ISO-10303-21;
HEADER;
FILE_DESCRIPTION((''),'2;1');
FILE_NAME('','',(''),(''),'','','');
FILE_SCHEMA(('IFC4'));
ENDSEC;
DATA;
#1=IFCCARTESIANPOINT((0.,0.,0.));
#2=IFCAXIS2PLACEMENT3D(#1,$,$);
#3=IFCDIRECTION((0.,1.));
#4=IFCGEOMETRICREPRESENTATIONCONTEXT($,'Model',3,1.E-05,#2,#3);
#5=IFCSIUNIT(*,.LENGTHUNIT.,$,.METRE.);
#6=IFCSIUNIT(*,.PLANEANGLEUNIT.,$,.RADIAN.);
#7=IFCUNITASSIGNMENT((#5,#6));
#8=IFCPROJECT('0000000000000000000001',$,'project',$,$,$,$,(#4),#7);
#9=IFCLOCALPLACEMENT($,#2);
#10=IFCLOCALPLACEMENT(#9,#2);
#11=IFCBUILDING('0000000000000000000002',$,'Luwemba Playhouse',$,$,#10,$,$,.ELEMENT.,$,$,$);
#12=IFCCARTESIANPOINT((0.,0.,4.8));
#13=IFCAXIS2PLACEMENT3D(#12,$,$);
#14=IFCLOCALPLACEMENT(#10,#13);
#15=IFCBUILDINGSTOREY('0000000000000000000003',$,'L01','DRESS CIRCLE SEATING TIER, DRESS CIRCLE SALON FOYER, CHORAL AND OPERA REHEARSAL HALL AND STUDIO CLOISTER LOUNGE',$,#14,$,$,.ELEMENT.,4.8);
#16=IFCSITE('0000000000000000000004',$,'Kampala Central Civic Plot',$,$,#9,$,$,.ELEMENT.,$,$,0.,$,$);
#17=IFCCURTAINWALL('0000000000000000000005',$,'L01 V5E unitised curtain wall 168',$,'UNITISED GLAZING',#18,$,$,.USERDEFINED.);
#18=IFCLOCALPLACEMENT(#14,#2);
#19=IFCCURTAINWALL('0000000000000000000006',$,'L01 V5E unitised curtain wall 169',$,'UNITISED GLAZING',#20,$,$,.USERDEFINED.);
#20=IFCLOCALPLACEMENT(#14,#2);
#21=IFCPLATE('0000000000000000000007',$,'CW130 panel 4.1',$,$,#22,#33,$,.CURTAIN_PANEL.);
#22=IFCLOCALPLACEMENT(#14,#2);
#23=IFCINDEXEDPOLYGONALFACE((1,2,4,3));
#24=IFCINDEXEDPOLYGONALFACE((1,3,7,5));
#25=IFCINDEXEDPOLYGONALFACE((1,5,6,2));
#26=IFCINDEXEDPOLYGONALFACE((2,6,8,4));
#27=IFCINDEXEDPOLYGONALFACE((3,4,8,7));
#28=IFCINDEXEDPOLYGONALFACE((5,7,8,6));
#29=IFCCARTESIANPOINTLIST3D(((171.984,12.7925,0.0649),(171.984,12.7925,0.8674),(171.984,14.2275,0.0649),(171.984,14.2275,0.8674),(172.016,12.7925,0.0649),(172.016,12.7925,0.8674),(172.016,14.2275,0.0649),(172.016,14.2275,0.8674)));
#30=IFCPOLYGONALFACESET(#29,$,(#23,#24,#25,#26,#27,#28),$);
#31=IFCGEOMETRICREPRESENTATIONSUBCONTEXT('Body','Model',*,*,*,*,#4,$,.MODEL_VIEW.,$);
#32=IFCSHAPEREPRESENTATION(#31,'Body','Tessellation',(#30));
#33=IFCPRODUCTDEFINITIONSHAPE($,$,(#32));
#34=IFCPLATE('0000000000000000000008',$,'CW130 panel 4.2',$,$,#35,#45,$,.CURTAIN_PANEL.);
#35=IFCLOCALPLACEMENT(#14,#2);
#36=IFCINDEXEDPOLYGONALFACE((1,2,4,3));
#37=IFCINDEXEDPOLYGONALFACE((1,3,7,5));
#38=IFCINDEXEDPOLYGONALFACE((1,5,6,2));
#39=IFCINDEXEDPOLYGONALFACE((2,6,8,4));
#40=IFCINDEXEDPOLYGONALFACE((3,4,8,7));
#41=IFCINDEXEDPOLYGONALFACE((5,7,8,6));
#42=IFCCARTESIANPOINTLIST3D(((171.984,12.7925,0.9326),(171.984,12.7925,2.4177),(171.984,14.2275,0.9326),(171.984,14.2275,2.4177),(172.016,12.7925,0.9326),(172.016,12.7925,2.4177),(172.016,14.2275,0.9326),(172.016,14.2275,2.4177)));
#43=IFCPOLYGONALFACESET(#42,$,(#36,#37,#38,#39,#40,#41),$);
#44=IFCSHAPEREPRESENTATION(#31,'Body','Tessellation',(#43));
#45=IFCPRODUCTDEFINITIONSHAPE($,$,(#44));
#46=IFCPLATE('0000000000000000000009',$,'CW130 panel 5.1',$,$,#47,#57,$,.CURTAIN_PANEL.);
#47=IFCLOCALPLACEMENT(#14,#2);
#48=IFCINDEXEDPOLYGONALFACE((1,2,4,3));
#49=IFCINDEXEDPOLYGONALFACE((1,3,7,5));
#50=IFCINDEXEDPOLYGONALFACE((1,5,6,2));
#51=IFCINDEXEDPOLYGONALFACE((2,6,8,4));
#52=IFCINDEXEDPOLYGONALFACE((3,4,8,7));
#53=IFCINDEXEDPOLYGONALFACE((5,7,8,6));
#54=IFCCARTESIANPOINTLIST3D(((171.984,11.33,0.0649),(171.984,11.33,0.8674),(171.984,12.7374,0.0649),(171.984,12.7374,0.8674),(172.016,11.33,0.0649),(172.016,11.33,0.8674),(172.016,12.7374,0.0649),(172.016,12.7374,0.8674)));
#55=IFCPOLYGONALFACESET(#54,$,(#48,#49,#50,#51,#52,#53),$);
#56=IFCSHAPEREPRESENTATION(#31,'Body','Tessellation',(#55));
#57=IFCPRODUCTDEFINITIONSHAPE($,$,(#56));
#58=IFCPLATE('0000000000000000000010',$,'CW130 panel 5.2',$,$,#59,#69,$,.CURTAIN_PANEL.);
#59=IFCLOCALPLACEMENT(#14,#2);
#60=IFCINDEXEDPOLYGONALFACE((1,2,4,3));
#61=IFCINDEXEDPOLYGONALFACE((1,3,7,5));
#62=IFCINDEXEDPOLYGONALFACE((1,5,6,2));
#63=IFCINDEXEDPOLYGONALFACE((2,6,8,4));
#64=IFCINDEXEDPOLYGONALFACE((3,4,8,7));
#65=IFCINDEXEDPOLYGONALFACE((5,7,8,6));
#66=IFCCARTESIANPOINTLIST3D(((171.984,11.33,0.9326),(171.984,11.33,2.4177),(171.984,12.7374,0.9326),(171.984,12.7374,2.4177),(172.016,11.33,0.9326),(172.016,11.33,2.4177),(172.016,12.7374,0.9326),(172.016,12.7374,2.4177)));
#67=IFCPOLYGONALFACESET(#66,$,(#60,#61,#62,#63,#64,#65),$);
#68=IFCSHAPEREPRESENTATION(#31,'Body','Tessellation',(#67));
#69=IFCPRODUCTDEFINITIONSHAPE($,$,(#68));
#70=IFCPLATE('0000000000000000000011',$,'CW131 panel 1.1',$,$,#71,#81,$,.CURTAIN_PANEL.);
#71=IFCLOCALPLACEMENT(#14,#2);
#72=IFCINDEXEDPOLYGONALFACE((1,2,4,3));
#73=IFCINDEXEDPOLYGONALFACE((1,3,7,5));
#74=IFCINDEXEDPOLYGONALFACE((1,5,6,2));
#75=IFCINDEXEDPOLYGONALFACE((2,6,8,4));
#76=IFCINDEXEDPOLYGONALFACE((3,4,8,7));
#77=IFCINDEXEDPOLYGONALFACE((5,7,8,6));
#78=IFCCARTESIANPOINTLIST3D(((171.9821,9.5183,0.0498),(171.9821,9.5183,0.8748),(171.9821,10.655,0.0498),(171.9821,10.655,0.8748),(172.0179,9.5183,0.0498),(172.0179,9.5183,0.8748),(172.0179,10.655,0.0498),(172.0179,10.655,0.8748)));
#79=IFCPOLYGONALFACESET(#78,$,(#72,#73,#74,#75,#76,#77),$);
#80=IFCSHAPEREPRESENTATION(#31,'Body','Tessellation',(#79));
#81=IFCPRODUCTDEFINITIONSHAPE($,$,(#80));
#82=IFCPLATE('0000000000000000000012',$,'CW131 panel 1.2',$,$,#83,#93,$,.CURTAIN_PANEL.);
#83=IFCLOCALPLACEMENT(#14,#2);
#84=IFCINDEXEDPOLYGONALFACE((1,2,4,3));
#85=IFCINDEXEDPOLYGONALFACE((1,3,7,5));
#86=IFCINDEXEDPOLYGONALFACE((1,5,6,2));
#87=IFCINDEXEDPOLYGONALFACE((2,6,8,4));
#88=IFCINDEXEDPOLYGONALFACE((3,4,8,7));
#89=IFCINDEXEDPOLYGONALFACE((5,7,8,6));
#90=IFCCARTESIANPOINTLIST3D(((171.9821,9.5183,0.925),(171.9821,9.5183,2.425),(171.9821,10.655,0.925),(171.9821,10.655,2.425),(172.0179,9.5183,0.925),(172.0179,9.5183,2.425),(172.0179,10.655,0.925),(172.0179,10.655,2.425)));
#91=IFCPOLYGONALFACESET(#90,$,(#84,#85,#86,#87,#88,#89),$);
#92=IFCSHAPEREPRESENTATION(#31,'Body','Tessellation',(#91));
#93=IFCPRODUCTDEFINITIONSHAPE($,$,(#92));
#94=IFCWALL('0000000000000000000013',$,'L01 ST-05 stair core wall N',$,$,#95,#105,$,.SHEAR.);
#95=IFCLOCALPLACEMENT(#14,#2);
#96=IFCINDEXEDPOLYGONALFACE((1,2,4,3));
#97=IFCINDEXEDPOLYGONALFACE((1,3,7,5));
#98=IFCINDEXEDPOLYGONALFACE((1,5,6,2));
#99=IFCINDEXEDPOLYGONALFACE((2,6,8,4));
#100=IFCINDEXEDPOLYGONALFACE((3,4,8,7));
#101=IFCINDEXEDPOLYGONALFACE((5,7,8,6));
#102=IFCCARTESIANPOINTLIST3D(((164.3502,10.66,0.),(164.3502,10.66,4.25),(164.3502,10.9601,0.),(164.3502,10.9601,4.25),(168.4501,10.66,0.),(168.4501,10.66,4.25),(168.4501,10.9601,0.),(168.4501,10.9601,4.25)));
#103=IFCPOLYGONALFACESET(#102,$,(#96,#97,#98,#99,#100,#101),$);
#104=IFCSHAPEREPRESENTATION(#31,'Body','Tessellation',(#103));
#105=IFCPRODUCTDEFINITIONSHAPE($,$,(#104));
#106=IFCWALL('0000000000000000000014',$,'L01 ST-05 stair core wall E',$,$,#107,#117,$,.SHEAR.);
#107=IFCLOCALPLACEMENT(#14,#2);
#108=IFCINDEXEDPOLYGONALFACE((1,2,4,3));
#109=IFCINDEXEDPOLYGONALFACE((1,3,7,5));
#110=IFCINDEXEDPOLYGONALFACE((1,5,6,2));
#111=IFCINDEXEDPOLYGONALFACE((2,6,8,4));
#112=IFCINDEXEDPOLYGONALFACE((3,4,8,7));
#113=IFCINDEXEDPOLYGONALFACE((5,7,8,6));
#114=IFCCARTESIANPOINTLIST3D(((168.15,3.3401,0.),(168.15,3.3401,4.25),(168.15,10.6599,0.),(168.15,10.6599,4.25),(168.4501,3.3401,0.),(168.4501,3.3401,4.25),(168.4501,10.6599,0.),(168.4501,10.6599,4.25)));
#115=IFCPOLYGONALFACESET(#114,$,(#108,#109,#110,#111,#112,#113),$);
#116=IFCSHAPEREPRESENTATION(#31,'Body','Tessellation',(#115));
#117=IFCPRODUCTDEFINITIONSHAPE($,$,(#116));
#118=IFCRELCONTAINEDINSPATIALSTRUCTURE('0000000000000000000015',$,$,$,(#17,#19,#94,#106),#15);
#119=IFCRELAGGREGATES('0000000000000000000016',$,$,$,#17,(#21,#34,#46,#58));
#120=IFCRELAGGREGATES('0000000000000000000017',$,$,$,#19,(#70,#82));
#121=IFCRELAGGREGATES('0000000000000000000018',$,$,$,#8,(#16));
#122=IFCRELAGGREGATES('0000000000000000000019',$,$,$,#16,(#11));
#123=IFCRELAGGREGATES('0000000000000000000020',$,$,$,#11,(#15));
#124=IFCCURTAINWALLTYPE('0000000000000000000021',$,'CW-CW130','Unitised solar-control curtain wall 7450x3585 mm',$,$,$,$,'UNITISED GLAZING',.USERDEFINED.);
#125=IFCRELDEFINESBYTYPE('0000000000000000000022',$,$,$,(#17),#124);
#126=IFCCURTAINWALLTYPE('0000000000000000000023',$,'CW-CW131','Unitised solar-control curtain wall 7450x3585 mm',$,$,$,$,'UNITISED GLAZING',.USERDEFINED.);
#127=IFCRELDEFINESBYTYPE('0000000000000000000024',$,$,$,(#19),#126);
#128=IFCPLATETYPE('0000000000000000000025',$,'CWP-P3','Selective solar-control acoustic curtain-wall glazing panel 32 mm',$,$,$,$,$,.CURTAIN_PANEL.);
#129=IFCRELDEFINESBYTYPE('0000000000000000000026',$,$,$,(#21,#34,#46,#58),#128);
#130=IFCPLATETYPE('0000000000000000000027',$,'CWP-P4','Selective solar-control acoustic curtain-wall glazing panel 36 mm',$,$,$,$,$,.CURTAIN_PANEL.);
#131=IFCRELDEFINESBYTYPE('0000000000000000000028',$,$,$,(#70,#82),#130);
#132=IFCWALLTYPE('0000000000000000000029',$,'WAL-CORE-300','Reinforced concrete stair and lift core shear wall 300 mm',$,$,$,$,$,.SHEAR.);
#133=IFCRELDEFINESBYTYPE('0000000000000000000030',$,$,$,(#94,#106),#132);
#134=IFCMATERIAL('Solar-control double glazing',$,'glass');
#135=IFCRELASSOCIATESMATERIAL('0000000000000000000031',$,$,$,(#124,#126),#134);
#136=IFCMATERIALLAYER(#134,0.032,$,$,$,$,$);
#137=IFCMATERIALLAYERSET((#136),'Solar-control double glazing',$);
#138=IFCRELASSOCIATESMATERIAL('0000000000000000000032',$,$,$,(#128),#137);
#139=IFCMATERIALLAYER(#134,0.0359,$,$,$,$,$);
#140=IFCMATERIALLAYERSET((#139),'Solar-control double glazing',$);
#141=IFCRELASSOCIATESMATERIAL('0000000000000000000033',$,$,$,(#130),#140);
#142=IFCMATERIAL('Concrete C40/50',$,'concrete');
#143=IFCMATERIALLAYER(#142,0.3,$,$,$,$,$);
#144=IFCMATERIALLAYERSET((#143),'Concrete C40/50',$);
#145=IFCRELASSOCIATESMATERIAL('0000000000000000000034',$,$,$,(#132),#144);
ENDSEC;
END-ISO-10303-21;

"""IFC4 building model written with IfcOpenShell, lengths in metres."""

from ifc_helpers import new_model, si_unit, direction, frame, frame_2d, origin, origin_2d, place, context, subcontext, project, spatial, rectangle, extrude, material, layer, layer_set, type_object, element, aggregate, save


model = new_model("IFC4")

# Units and contexts
model_context = context("Model", 3, precision=1e-05, world=origin(), true_north=direction((0.0, 1.0)))
body_context = subcontext(model_context, "Body", "Model", "MODEL_VIEW")
ifc_project = project(units=[si_unit("LENGTHUNIT", "METRE"), si_unit("PLANEANGLEUNIT", "RADIAN")], contexts=[model_context])

# Site, building, storey
site_placement = place(None, origin())
site = spatial("IfcSite", under=ifc_project, at=site_placement, Name="Kampala Central Civic Plot", CompositionType="ELEMENT", RefElevation=0.0)
building_placement = place(site_placement, origin())
building = spatial("IfcBuilding", under=site, at=building_placement, Name="Luwemba Playhouse", CompositionType="ELEMENT")
storey_placement = place(building_placement, frame((0.0, 0.0, 4.8)))
storey = spatial("IfcBuildingStorey", under=building, at=storey_placement, Name="L01", Description="DRESS CIRCLE SEATING TIER, DRESS CIRCLE SALON FOYER, CHORAL AND OPERA REHEARSAL HALL AND STUDIO CLOISTER LOUNGE", CompositionType="ELEMENT", Elevation=4.8)

# Shared definitions
ifc_material_1 = material(Name="Concrete C40/50", Category="concrete")

# Curtain walls
ifc_material_2 = material(Name="Solar-control double glazing", Category="glass")
curtain_wall_type_1 = type_object("IfcCurtainWallType", Name="CW-CW130", Description="Unitised solar-control curtain wall 7450x3585 mm", ElementType="UNITISED GLAZING", PredefinedType="USERDEFINED", material=ifc_material_2)
curtain_wall_1_placement = place(storey_placement, origin())
curtain_wall_1 = element("IfcCurtainWall", 1, at=curtain_wall_1_placement, inside=storey, type_object=curtain_wall_type_1, Name="L01 V5E unitised curtain wall 168", ObjectType="UNITISED GLAZING", PredefinedType="USERDEFINED")
curtain_wall_type_2 = type_object("IfcCurtainWallType", Name="CW-CW131", Description="Unitised solar-control curtain wall 7450x3585 mm", ElementType="UNITISED GLAZING", PredefinedType="USERDEFINED", material=ifc_material_2)
curtain_wall_2_placement = place(storey_placement, origin())
curtain_wall_2 = element("IfcCurtainWall", 2, at=curtain_wall_2_placement, inside=storey, type_object=curtain_wall_type_2, Name="L01 V5E unitised curtain wall 169", ObjectType="UNITISED GLAZING", PredefinedType="USERDEFINED")

# Plates
ifc_layer_1 = layer(ifc_material_2, 0.032)
ifc_layer_set_1 = layer_set([ifc_layer_1], Name="Solar-control double glazing")
plate_type_1 = type_object("IfcPlateType", Name="CWP-P3", Description="Selective solar-control acoustic curtain-wall glazing panel 32 mm", PredefinedType="CURTAIN_PANEL", material=ifc_layer_set_1)
plate_1_placement = place(storey_placement, frame((172.0, 13.51, 0.0649), z_axis=(0.0, 0.0, 1.0), x_axis=(0.0, -1.0, 0.0)))
plate_1 = element("IfcPlate", 3, at=plate_1_placement, type_object=plate_type_1, Name="CW130 panel 4.1", PredefinedType="CURTAIN_PANEL", context=body_context, shape_type="SweptSolid", body=[
    extrude(rectangle(XDim=1.4351, YDim=0.032, at=origin_2d()), origin(), (0.0, 0.0, 1.0), 0.8025),
])
plate_2_placement = place(storey_placement, frame((172.0, 13.51, 0.9326), z_axis=(0.0, 0.0, 1.0), x_axis=(0.0, -1.0, 0.0)))
plate_2 = element("IfcPlate", 4, at=plate_2_placement, type_object=plate_type_1, Name="CW130 panel 4.2", PredefinedType="CURTAIN_PANEL", context=body_context, shape_type="SweptSolid", body=[
    extrude(rectangle(XDim=1.4351, YDim=0.032, at=origin_2d()), origin(), (0.0, 0.0, 1.0), 1.4851),
])
plate_3_placement = place(storey_placement, frame((172.0, 12.0337, 0.0649), z_axis=(0.0, 0.0, 1.0), x_axis=(0.0, -1.0, 0.0)))
plate_3 = element("IfcPlate", 5, at=plate_3_placement, type_object=plate_type_1, Name="CW130 panel 5.1", PredefinedType="CURTAIN_PANEL", context=body_context, shape_type="SweptSolid", body=[
    extrude(rectangle(XDim=1.4075, YDim=0.032, at=origin_2d()), origin(), (0.0, 0.0, 1.0), 0.8025),
])
plate_4_placement = place(storey_placement, frame((172.0, 12.0337, 0.9326), z_axis=(0.0, 0.0, 1.0), x_axis=(0.0, -1.0, 0.0)))
plate_4 = element("IfcPlate", 6, at=plate_4_placement, type_object=plate_type_1, Name="CW130 panel 5.2", PredefinedType="CURTAIN_PANEL", context=body_context, shape_type="SweptSolid", body=[
    extrude(rectangle(XDim=1.4075, YDim=0.032, at=origin_2d()), origin(), (0.0, 0.0, 1.0), 1.4851),
])
aggregate(curtain_wall_1, [plate_1, plate_2, plate_3, plate_4])
ifc_layer_2 = layer(ifc_material_2, 0.0359)
ifc_layer_set_2 = layer_set([ifc_layer_2], Name="Solar-control double glazing")
plate_type_2 = type_object("IfcPlateType", Name="CWP-P4", Description="Selective solar-control acoustic curtain-wall glazing panel 36 mm", PredefinedType="CURTAIN_PANEL", material=ifc_layer_set_2)
plate_5_placement = place(storey_placement, frame((172.0, 10.0867, 0.0498), z_axis=(0.0, 0.0, 1.0), x_axis=(0.0, -1.0, 0.0)))
plate_5 = element("IfcPlate", 7, at=plate_5_placement, type_object=plate_type_2, Name="CW131 panel 1.1", PredefinedType="CURTAIN_PANEL", context=body_context, shape_type="SweptSolid", body=[
    extrude(rectangle(XDim=1.1367, YDim=0.0359, at=origin_2d()), origin(), (0.0, 0.0, 1.0), 0.825),
])
plate_6_placement = place(storey_placement, frame((172.0, 10.0867, 0.925), z_axis=(0.0, 0.0, 1.0), x_axis=(0.0, -1.0, 0.0)))
plate_6 = element("IfcPlate", 8, at=plate_6_placement, type_object=plate_type_2, Name="CW131 panel 1.2", PredefinedType="CURTAIN_PANEL", context=body_context, shape_type="SweptSolid", body=[
    extrude(rectangle(XDim=1.1367, YDim=0.0359, at=origin_2d()), origin(), (0.0, 0.0, 1.0), 1.5),
])
aggregate(curtain_wall_2, [plate_5, plate_6])

# Walls
ifc_layer_3 = layer(ifc_material_1, 0.3)
ifc_layer_set_3 = layer_set([ifc_layer_3], Name="Concrete C40/50")
wall_type = type_object("IfcWallType", Name="WAL-CORE-300", Description="Reinforced concrete stair and lift core shear wall 300 mm", PredefinedType="SHEAR", material=ifc_layer_set_3)
wall_1_placement = place(storey_placement, frame((168.45, 10.8101, 0.0), z_axis=(0.0, 0.0, 1.0), x_axis=(-1.0, 0.0, 0.0)))
element("IfcWall", 9, at=wall_1_placement, inside=storey, type_object=wall_type, Name="L01 ST-05 stair core wall N", PredefinedType="SHEAR", context=body_context, shape_type="SweptSolid", body=[
    extrude(rectangle(XDim=4.0999, YDim=0.3, at=frame_2d((2.0498, 0.0))), origin(), (0.0, 0.0, 1.0), 4.25),
])
wall_2_placement = place(storey_placement, frame((168.3, 10.6599, 0.0), z_axis=(0.0, 0.0, 1.0), x_axis=(0.0, -1.0, 0.0)))
element("IfcWall", 10, at=wall_2_placement, inside=storey, type_object=wall_type, Name="L01 ST-05 stair core wall E", PredefinedType="SHEAR", context=body_context, shape_type="SweptSolid", body=[
    extrude(rectangle(XDim=7.3198, YDim=0.3, at=frame_2d((3.6599, 0.0))), origin(), (0.0, 0.0, 1.0), 4.25),
])

save(model, "model.ifc")
